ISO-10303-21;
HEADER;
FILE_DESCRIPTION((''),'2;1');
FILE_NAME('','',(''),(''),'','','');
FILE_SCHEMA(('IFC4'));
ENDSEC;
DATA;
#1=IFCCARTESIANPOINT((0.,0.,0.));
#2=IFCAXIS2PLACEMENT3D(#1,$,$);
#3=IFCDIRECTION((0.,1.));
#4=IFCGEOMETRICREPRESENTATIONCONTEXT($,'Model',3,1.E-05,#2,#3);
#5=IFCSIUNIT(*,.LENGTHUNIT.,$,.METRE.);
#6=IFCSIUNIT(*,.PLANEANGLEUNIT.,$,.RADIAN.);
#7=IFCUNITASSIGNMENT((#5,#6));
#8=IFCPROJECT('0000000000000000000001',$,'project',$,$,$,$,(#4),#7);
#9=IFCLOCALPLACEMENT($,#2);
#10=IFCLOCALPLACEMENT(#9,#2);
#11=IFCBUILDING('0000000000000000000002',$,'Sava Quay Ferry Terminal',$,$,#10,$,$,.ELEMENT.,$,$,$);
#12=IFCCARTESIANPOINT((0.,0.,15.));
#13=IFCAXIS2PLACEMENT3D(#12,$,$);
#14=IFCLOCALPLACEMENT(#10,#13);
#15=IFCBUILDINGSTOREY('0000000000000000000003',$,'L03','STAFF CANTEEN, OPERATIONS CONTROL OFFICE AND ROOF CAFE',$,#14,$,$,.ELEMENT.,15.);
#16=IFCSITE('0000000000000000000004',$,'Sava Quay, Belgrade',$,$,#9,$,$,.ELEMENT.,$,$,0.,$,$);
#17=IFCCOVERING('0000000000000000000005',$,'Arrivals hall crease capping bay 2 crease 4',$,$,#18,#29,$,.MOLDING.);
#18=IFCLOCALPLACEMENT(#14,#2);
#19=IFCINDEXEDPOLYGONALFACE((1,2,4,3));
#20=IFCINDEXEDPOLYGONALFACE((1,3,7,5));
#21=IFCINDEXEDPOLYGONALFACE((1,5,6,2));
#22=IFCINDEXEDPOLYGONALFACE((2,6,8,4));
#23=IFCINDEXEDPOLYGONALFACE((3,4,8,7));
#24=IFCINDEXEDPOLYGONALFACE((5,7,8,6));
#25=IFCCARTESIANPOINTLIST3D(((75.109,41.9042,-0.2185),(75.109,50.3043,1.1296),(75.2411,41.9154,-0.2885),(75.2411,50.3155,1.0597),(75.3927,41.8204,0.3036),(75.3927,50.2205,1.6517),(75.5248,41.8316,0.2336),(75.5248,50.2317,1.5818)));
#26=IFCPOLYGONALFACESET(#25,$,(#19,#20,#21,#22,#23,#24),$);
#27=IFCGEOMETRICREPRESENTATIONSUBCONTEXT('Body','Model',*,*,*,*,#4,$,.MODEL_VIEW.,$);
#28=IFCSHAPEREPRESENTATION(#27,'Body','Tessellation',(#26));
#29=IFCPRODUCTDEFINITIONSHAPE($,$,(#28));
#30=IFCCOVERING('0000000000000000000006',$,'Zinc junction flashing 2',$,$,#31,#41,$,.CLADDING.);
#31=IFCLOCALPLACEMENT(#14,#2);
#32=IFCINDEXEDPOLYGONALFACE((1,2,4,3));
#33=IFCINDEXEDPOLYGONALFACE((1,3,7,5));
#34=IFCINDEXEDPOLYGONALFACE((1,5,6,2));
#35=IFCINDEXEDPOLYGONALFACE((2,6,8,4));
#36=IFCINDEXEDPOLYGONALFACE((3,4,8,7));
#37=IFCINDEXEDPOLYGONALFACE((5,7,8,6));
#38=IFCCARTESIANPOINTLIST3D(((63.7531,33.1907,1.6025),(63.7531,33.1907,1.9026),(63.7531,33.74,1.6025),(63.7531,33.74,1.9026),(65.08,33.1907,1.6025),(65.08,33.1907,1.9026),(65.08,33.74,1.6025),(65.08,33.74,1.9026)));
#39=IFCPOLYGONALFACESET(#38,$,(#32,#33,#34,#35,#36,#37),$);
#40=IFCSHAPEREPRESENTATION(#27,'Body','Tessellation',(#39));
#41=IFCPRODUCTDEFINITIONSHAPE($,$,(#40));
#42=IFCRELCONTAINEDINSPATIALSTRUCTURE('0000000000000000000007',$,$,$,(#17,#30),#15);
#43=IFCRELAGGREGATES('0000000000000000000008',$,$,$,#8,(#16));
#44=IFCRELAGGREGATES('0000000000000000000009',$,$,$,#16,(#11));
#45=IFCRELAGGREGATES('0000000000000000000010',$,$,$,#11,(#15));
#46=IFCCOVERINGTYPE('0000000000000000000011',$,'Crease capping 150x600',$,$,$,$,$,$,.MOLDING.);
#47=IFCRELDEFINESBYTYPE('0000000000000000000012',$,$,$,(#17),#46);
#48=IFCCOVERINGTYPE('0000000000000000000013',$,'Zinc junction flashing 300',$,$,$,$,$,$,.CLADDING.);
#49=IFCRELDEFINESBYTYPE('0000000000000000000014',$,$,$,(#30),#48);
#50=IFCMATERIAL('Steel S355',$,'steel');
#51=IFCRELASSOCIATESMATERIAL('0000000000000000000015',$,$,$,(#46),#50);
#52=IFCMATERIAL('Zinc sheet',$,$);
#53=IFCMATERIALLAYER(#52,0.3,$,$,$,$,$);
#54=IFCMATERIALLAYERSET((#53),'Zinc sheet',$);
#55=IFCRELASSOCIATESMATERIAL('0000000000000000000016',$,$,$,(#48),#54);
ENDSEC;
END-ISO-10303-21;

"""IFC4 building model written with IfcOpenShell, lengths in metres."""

from ifc_helpers import new_model, si_unit, direction, frame, origin, origin_2d, place, context, subcontext, project, spatial, rectangle, extrude, material, layer, layer_set, material_profile, profile_set, type_object, element, save


model = new_model("IFC4")

# Units and contexts
model_context = context("Model", 3, precision=1e-05, world=origin(), true_north=direction((0.0, 1.0)))
body_context = subcontext(model_context, "Body", "Model", "MODEL_VIEW")
ifc_project = project(units=[si_unit("LENGTHUNIT", "METRE"), si_unit("PLANEANGLEUNIT", "RADIAN")], contexts=[model_context])

# Site, building, storey
site_placement = place(None, origin())
site = spatial("IfcSite", under=ifc_project, at=site_placement, Name="Sava Quay, Belgrade", CompositionType="ELEMENT", RefElevation=0.0)
building_placement = place(site_placement, origin())
building = spatial("IfcBuilding", under=site, at=building_placement, Name="Sava Quay Ferry Terminal", CompositionType="ELEMENT")
storey_placement = place(building_placement, frame((0.0, 0.0, 15.0)))
storey = spatial("IfcBuildingStorey", under=building, at=storey_placement, Name="L03", Description="STAFF CANTEEN, OPERATIONS CONTROL OFFICE AND ROOF CAFE", CompositionType="ELEMENT", Elevation=15.0)

# Coverings
ifc_material_1 = material(Name="Steel S355", Category="steel")
ifc_material_profile_1 = material_profile(ifc_material_1, rectangle(XDim=0.1499, YDim=0.6001, at=origin_2d()), Name="Cap 150 x 600")
ifc_profile_set_1 = profile_set([ifc_material_profile_1], Name="Steel S355")
covering_type_1 = type_object("IfcCoveringType", Name="Crease capping 150x600", PredefinedType="MOLDING", material=ifc_profile_set_1)
covering_1_placement = place(storey_placement, frame((75.3169, 41.8679, 0.0076), z_axis=(0.0, 0.987365, 0.158463), x_axis=(-0.881204, -0.074911, 0.466763)))
element("IfcCovering", 1, at=covering_1_placement, inside=storey, type_object=covering_type_1, Name="Arrivals hall crease capping bay 2 crease 4", PredefinedType="MOLDING", context=body_context, shape_type="SweptSolid", body=[
    extrude(rectangle(XDim=0.1499, YDim=0.6001, at=origin_2d()), origin(), (0.0, 0.0, 1.0), 8.5076),
])
ifc_material_2 = material(Name="Zinc sheet")
ifc_layer_1 = layer(ifc_material_2, 0.3)
ifc_layer_set_1 = layer_set([ifc_layer_1], Name="Zinc sheet")
covering_type_2 = type_object("IfcCoveringType", Name="Zinc junction flashing 300", PredefinedType="CLADDING", material=ifc_layer_set_1)
covering_2_placement = place(storey_placement, frame((64.4165, 33.4653, 1.6025), z_axis=(0.0, 0.0, 1.0), x_axis=(1.0, 0.0, 0.0)))
element("IfcCovering", 2, at=covering_2_placement, inside=storey, type_object=covering_type_2, Name="Zinc junction flashing 2", PredefinedType="CLADDING", context=body_context, shape_type="SweptSolid", body=[
    extrude(rectangle(XDim=1.3269, YDim=0.5493, at=origin_2d()), origin(), (0.0, 0.0, 1.0), 0.3),
])

save(model, "model.ifc")
